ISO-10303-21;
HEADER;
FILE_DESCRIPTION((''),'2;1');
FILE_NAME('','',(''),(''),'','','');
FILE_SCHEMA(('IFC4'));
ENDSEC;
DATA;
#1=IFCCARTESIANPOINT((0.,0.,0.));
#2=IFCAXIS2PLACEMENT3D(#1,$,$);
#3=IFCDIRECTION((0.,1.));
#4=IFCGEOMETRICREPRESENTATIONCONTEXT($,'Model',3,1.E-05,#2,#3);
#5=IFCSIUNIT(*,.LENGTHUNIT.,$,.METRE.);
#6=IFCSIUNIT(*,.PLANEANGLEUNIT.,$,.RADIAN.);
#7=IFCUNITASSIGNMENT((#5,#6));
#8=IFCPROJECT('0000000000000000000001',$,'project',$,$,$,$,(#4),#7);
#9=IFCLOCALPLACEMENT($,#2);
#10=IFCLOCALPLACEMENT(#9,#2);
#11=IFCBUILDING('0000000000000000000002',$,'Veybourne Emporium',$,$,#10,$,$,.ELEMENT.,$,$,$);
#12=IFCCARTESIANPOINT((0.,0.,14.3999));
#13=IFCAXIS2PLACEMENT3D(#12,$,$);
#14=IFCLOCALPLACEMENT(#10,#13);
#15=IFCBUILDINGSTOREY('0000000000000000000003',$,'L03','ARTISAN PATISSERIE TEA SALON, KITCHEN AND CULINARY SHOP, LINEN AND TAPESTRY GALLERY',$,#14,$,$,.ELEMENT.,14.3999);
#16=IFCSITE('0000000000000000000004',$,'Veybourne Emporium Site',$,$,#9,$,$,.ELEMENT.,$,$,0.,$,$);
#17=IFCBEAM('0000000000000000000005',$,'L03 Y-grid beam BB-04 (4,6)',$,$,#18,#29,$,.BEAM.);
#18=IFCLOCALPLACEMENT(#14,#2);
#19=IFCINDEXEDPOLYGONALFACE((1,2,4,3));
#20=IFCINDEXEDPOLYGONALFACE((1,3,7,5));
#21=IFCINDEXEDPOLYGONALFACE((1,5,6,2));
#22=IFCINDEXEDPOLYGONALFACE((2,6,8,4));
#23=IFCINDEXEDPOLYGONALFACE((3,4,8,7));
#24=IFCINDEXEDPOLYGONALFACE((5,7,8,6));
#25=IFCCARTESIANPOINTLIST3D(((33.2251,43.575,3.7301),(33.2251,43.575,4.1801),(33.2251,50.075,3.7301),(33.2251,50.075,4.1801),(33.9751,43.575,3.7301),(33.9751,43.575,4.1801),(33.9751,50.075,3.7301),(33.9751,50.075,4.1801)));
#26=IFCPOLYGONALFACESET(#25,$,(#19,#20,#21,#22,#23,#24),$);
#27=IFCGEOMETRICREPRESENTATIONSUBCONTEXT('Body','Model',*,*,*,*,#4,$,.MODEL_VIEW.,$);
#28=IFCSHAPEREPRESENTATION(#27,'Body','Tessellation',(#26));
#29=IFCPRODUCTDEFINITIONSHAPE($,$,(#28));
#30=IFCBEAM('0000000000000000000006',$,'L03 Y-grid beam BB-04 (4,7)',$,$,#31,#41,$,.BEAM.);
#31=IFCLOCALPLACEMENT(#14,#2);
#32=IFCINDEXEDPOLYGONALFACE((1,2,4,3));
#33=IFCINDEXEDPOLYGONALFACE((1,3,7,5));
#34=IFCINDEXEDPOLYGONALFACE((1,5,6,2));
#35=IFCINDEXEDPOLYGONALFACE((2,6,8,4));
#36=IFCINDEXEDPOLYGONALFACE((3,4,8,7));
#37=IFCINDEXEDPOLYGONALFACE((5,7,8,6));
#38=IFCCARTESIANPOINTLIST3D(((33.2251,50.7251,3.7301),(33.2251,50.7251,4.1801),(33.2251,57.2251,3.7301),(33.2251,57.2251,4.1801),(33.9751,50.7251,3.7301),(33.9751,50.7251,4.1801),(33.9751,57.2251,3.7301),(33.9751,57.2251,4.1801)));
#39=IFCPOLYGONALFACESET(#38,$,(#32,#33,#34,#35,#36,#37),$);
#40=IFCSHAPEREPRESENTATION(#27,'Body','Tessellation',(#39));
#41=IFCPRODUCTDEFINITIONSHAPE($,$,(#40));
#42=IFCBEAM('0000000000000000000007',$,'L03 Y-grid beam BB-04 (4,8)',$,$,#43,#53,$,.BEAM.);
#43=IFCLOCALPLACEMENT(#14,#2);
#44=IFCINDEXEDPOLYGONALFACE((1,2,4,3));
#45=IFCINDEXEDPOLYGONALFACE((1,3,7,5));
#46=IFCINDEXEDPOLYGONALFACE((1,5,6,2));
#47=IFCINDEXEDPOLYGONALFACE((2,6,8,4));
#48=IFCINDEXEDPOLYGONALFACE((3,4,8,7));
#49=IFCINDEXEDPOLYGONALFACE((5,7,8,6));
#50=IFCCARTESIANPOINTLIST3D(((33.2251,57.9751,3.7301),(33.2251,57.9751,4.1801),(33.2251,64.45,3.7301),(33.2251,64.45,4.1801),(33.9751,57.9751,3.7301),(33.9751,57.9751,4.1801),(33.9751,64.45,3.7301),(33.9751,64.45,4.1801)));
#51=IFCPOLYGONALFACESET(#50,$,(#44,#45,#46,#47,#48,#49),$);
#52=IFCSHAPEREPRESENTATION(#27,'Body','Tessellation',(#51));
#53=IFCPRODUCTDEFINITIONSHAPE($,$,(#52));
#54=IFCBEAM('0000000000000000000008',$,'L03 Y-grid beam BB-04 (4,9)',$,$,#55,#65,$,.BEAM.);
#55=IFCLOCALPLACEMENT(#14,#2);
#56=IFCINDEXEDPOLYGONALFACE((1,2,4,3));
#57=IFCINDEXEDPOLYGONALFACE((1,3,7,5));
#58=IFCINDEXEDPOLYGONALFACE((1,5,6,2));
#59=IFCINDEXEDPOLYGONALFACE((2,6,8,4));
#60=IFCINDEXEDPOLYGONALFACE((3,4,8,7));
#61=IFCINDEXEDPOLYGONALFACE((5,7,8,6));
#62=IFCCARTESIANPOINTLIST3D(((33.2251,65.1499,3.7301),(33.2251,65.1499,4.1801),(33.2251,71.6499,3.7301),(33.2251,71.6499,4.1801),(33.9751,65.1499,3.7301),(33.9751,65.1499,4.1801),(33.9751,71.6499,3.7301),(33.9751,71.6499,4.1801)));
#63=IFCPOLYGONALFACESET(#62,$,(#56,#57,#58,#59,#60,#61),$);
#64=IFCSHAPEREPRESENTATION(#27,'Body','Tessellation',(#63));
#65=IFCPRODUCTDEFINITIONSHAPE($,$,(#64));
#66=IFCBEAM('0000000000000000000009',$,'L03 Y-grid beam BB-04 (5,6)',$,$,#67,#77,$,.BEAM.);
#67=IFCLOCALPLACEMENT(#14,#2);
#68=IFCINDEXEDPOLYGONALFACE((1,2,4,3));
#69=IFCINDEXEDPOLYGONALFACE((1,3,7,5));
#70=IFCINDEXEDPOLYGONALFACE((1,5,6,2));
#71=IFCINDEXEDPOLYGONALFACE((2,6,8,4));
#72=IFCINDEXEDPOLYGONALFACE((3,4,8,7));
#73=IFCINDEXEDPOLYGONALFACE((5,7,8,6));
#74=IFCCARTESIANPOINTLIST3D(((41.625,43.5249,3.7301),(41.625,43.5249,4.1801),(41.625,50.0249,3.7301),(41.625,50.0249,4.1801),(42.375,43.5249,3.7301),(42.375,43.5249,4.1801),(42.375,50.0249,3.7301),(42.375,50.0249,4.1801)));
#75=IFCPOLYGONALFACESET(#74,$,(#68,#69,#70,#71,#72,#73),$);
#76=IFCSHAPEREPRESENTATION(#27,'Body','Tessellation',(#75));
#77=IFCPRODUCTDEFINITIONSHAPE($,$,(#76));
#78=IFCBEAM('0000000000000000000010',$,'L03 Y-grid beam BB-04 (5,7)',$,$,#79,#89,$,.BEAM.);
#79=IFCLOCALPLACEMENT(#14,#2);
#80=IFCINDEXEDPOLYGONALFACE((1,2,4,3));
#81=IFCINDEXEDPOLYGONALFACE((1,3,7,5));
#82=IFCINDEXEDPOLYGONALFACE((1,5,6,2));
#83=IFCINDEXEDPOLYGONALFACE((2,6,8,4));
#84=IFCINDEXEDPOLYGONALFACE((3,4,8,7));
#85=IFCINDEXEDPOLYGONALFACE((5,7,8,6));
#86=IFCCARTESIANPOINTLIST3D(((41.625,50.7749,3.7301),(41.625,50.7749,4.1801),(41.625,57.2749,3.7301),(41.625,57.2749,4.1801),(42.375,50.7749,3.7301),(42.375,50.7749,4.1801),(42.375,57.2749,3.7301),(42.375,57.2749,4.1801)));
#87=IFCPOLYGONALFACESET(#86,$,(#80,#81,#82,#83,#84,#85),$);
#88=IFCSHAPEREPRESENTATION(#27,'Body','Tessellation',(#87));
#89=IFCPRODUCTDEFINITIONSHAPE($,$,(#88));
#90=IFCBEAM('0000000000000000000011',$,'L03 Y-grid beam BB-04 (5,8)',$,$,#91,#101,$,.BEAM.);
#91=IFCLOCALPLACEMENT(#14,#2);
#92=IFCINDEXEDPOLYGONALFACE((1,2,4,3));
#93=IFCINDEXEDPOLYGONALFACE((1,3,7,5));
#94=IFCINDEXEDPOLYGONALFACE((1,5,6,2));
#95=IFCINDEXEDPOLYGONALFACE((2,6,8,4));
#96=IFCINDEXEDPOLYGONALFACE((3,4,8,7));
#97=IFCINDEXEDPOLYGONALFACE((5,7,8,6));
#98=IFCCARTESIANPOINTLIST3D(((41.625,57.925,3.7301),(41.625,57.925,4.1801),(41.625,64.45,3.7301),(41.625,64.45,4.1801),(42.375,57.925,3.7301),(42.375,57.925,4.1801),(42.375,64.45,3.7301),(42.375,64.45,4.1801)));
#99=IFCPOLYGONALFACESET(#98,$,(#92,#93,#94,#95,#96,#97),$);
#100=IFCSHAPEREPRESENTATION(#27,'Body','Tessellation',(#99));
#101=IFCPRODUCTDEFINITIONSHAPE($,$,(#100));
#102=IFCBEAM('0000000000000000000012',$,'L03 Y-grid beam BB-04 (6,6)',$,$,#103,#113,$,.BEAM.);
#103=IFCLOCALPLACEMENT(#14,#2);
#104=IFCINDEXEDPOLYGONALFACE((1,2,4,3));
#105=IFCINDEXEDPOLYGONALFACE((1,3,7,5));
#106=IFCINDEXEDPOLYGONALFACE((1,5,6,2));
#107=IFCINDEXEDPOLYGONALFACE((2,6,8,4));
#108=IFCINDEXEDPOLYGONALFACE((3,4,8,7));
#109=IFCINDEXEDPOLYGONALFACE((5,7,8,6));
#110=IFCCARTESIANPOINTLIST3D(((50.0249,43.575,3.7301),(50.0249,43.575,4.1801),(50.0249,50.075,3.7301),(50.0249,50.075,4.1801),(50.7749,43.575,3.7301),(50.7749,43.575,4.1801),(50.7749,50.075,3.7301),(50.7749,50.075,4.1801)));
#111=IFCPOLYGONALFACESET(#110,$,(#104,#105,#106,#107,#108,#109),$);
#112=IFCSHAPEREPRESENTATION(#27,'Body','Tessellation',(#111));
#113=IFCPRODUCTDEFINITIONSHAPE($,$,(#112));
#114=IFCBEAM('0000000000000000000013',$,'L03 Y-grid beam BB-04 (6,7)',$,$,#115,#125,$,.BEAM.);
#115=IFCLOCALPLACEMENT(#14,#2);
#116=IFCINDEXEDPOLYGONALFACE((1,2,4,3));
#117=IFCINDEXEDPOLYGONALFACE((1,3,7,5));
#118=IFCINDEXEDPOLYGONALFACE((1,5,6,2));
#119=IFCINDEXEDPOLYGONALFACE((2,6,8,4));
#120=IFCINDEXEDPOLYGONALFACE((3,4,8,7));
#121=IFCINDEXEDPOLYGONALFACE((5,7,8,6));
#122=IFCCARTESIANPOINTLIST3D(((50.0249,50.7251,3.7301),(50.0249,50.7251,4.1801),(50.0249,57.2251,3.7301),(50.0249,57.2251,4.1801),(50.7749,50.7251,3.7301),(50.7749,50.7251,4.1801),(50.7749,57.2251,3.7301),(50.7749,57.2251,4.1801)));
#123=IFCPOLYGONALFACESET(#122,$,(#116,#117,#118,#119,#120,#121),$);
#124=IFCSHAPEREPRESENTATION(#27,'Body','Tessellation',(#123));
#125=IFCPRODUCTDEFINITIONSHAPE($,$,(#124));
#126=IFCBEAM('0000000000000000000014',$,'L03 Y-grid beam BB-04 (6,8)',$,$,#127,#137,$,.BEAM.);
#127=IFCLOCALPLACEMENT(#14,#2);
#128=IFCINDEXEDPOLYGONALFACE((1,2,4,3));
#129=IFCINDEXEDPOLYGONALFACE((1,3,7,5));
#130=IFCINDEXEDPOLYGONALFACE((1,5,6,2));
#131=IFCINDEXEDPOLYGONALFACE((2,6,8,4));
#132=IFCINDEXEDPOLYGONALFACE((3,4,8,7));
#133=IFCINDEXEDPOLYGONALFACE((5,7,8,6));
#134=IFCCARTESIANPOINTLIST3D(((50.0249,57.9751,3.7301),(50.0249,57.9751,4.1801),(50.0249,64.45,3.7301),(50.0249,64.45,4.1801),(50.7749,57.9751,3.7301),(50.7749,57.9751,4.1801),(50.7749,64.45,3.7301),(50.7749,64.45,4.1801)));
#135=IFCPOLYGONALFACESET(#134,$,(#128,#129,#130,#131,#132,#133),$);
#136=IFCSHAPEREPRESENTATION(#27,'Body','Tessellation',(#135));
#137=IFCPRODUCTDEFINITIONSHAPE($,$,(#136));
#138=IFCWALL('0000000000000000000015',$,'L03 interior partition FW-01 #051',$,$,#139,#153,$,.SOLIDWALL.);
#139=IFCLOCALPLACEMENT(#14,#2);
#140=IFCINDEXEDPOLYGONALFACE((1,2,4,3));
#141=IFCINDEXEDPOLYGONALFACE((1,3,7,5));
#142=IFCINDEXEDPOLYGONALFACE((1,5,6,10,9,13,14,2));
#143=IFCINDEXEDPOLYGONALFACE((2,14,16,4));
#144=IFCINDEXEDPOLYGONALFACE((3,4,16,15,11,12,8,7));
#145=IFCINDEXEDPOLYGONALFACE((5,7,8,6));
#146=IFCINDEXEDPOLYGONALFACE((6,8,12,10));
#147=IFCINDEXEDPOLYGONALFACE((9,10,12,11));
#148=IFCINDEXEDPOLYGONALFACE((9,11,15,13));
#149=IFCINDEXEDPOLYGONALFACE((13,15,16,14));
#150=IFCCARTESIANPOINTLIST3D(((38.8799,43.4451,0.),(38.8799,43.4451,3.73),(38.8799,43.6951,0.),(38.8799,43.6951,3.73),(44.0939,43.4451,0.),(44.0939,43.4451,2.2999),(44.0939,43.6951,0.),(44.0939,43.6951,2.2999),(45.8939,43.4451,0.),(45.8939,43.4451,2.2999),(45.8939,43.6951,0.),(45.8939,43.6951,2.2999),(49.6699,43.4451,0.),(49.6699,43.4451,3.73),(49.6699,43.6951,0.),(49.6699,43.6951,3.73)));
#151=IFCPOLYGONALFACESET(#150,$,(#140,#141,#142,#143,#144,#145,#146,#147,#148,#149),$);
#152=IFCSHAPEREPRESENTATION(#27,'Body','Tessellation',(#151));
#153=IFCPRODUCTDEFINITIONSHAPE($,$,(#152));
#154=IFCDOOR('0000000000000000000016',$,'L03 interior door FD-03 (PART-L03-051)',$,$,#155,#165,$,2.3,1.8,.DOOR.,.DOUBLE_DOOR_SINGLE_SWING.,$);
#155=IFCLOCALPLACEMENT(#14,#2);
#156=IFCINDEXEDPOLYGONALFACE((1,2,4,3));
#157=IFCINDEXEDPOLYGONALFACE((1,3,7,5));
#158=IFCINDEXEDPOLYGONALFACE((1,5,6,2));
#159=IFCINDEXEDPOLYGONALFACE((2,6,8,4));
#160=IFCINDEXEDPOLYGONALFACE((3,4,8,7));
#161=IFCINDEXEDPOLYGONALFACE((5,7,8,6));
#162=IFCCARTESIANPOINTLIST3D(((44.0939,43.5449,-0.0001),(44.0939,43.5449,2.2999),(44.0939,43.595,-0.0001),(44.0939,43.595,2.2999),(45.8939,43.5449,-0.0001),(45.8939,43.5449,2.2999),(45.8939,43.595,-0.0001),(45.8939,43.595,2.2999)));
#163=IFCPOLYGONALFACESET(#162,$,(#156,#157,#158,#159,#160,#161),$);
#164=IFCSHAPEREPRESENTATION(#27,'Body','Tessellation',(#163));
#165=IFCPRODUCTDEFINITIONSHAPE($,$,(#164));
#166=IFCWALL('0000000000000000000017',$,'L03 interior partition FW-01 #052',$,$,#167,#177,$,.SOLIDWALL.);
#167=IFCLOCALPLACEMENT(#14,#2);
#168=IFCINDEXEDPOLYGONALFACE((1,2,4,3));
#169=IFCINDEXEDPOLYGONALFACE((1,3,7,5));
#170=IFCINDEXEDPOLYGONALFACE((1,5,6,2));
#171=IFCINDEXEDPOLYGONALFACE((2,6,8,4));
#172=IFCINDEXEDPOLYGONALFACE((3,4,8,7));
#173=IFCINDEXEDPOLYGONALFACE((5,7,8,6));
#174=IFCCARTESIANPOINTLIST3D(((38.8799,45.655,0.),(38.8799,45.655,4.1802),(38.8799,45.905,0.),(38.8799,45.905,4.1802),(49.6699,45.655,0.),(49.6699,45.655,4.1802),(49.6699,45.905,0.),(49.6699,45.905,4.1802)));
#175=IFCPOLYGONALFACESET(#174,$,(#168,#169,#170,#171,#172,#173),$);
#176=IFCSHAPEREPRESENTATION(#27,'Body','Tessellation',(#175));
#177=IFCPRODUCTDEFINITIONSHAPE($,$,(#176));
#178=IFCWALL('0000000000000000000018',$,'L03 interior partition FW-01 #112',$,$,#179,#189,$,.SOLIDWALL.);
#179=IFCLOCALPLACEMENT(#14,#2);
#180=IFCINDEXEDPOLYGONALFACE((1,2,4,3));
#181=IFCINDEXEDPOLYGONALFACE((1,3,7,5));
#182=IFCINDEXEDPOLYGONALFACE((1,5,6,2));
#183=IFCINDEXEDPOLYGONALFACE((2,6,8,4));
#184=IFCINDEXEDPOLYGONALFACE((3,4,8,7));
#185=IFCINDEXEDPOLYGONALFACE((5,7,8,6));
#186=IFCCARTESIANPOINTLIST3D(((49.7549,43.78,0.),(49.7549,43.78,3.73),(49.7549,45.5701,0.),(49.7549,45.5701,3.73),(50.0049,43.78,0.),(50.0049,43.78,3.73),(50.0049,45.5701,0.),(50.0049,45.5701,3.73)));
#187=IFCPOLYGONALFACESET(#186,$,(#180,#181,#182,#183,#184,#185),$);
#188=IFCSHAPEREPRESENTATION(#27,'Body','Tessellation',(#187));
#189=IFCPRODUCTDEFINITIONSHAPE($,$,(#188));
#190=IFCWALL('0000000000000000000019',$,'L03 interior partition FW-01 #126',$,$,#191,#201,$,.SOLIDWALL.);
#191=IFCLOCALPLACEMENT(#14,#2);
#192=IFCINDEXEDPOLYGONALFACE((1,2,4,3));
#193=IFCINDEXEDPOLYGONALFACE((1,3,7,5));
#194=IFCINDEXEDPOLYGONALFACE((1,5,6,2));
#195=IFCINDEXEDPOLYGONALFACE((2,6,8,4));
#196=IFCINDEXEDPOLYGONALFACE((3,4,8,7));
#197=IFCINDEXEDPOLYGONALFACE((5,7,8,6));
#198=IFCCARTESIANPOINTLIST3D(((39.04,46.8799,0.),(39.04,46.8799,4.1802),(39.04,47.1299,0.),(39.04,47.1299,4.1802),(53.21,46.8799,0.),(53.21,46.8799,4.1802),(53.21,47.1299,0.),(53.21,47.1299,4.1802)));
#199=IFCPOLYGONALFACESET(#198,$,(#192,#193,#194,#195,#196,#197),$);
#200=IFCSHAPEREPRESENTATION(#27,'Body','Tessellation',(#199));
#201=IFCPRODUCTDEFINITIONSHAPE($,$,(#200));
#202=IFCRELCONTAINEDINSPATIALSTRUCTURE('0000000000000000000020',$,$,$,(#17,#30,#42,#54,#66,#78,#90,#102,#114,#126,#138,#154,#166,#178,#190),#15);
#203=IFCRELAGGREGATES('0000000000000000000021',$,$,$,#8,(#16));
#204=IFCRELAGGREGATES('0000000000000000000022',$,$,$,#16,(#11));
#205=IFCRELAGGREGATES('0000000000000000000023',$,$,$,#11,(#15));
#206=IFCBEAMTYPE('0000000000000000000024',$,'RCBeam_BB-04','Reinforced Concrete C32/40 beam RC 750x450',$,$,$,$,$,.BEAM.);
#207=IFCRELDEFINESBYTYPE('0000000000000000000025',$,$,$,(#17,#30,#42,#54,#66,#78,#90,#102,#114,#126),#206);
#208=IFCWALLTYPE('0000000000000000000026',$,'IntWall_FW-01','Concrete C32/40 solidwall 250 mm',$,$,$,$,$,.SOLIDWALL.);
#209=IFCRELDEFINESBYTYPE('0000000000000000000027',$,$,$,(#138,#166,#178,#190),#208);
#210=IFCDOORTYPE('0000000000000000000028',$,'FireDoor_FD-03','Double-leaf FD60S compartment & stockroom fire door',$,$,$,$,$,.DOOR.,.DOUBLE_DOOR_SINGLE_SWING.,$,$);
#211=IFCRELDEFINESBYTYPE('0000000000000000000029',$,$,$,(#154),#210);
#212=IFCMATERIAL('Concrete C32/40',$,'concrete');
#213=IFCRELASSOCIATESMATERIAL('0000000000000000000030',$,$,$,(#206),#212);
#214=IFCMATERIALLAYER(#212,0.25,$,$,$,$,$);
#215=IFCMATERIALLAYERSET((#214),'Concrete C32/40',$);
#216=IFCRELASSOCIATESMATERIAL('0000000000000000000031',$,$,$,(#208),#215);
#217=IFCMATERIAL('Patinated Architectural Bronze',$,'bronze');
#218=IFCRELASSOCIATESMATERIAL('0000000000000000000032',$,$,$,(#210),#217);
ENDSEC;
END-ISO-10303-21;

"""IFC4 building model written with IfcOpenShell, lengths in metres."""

from ifc_helpers import new_model, si_unit, direction, frame, frame_2d, origin, origin_2d, place, context, subcontext, project, spatial, rectangle, extrude, material, layer, layer_set, material_profile, profile_set, type_object, element, fill, save


model = new_model("IFC4")

# Units and contexts
model_context = context("Model", 3, precision=1e-05, world=origin(), true_north=direction((0.0, 1.0)))
body_context = subcontext(model_context, "Body", "Model", "MODEL_VIEW")
ifc_project = project(units=[si_unit("LENGTHUNIT", "METRE"), si_unit("PLANEANGLEUNIT", "RADIAN")], contexts=[model_context])

# Site, building, storey
site_placement = place(None, origin())
site = spatial("IfcSite", under=ifc_project, at=site_placement, Name="Veybourne Emporium Site", CompositionType="ELEMENT", RefElevation=0.0)
building_placement = place(site_placement, origin())
building = spatial("IfcBuilding", under=site, at=building_placement, Name="Veybourne Emporium", CompositionType="ELEMENT")
storey_placement = place(building_placement, frame((0.0, 0.0, 14.3999)))
storey = spatial("IfcBuildingStorey", under=building, at=storey_placement, Name="L03", Description="ARTISAN PATISSERIE TEA SALON, KITCHEN AND CULINARY SHOP, LINEN AND TAPESTRY GALLERY", CompositionType="ELEMENT", Elevation=14.3999)

# Beams
ifc_material_1 = material(Name="Concrete C32/40", Category="concrete")
ifc_material_profile_1 = material_profile(ifc_material_1, rectangle(XDim=0.75, YDim=0.45, at=origin_2d()), Name="RC 750x450")
ifc_profile_set_1 = profile_set([ifc_material_profile_1], Name="Concrete C32/40")
beam_type_1 = type_object("IfcBeamType", Name="RCBeam_BB-04", Description="Reinforced Concrete C32/40 beam RC 750x450", PredefinedType="BEAM", material=ifc_profile_set_1)
for number, where, z_axis, x_axis, name in (
    (1, (33.6001, 43.575, 3.9551), (0.0, 1.0, 0.0), (-1.0, 0.0, 0.0), "L03 Y-grid beam BB-04 (4,6)"),
    (2, (33.6001, 50.7251, 3.9551), (0.0, 1.0, 0.0), (-1.0, 0.0, 0.0), "L03 Y-grid beam BB-04 (4,7)"),
):
    element("IfcBeam", number, at=place(storey_placement, frame(where, z_axis=z_axis, x_axis=x_axis)), inside=storey, type_object=beam_type_1, Name=name, PredefinedType="BEAM", context=body_context, shape_type="SweptSolid", body=[
        extrude(rectangle(XDim=0.75, YDim=0.45, at=origin_2d()), origin(), (0.0, 0.0, 1.0), 6.5),
    ])
beam_1_placement = place(storey_placement, frame((33.6001, 57.9751, 3.9551), z_axis=(0.0, 1.0, 0.0), x_axis=(-1.0, 0.0, 0.0)))
element("IfcBeam", 3, at=beam_1_placement, inside=storey, type_object=beam_type_1, Name="L03 Y-grid beam BB-04 (4,8)", PredefinedType="BEAM", context=body_context, shape_type="SweptSolid", body=[
    extrude(rectangle(XDim=0.75, YDim=0.45, at=origin_2d()), origin(), (0.0, 0.0, 1.0), 6.4749),
])
for number, where, z_axis, x_axis, name in (
    (4, (33.6001, 65.1499, 3.9551), (0.0, 1.0, 0.0), (-1.0, 0.0, 0.0), "L03 Y-grid beam BB-04 (4,9)"),
    (5, (42.0, 43.5249, 3.9551), (0.0, 1.0, 0.0), (-1.0, 0.0, 0.0), "L03 Y-grid beam BB-04 (5,6)"),
    (6, (42.0, 50.7749, 3.9551), (0.0, 1.0, 0.0), (-1.0, 0.0, 0.0), "L03 Y-grid beam BB-04 (5,7)"),
):
    element("IfcBeam", number, at=place(storey_placement, frame(where, z_axis=z_axis, x_axis=x_axis)), inside=storey, type_object=beam_type_1, Name=name, PredefinedType="BEAM", context=body_context, shape_type="SweptSolid", body=[
        extrude(rectangle(XDim=0.75, YDim=0.45, at=origin_2d()), origin(), (0.0, 0.0, 1.0), 6.5),
    ])
beam_2_placement = place(storey_placement, frame((42.0, 57.925, 3.9551), z_axis=(0.0, 1.0, 0.0), x_axis=(-1.0, 0.0, 0.0)))
element("IfcBeam", 7, at=beam_2_placement, inside=storey, type_object=beam_type_1, Name="L03 Y-grid beam BB-04 (5,8)", PredefinedType="BEAM", context=body_context, shape_type="SweptSolid", body=[
    extrude(rectangle(XDim=0.75, YDim=0.45, at=origin_2d()), origin(), (0.0, 0.0, 1.0), 6.5249),
])
for number, where, z_axis, x_axis, name in (
    (8, (50.3999, 43.575, 3.9551), (0.0, 1.0, 0.0), (-1.0, 0.0, 0.0), "L03 Y-grid beam BB-04 (6,6)"),
    (9, (50.3999, 50.7251, 3.9551), (0.0, 1.0, 0.0), (-1.0, 0.0, 0.0), "L03 Y-grid beam BB-04 (6,7)"),
):
    element("IfcBeam", number, at=place(storey_placement, frame(where, z_axis=z_axis, x_axis=x_axis)), inside=storey, type_object=beam_type_1, Name=name, PredefinedType="BEAM", context=body_context, shape_type="SweptSolid", body=[
        extrude(rectangle(XDim=0.75, YDim=0.45, at=origin_2d()), origin(), (0.0, 0.0, 1.0), 6.5),
    ])
beam_3_placement = place(storey_placement, frame((50.3999, 57.9751, 3.9551), z_axis=(0.0, 1.0, 0.0), x_axis=(-1.0, 0.0, 0.0)))
element("IfcBeam", 10, at=beam_3_placement, inside=storey, type_object=beam_type_1, Name="L03 Y-grid beam BB-04 (6,8)", PredefinedType="BEAM", context=body_context, shape_type="SweptSolid", body=[
    extrude(rectangle(XDim=0.75, YDim=0.45, at=origin_2d()), origin(), (0.0, 0.0, 1.0), 6.4749),
])

# Wall, opening, door
ifc_layer_1 = layer(ifc_material_1, 0.25)
ifc_layer_set_1 = layer_set([ifc_layer_1], Name="Concrete C32/40")
wall_type_1 = type_object("IfcWallType", Name="IntWall_FW-01", Description="Concrete C32/40 solidwall 250 mm", PredefinedType="SOLIDWALL", material=ifc_layer_set_1)
wall_1_placement = place(storey_placement, frame((38.8799, 43.5701, 0.0), z_axis=(0.0, 0.0, 1.0), x_axis=(1.0, 0.0, 0.0)))
wall_1 = element("IfcWall", 11, at=wall_1_placement, inside=storey, type_object=wall_type_1, Name="L03 interior partition FW-01 #051", PredefinedType="SOLIDWALL", context=body_context, shape_type="SweptSolid", body=[
    extrude(rectangle(XDim=10.79, YDim=0.25, at=frame_2d((5.395, 0.0))), origin(), (0.0, 0.0, 1.0), 3.73),
])
opening_1_placement = place(wall_1_placement, frame((5.2141, 0.0, 0.0)))
opening_1 = element("IfcOpeningElement", 12, at=opening_1_placement, cuts=wall_1, PredefinedType="OPENING", context=body_context, shape_type="SweptSolid", body=[
    extrude(rectangle(XDim=1.8, YDim=2.3, at=frame_2d((0.8999, 1.1499))), frame((0.0, 0.145, 0.0), z_axis=(0.0, -1.0, 0.0), x_axis=(1.0, 0.0, 0.0)), (0.0, 0.0, 1.0), 0.29),
])
ifc_material_2 = material(Name="Patinated Architectural Bronze", Category="bronze")
door_type_1 = type_object("IfcDoorType", Name="FireDoor_FD-03", Description="Double-leaf FD60S compartment & stockroom fire door", OperationType="DOUBLE_DOOR_SINGLE_SWING", PredefinedType="DOOR", material=ifc_material_2)
door_1_placement = place(opening_1_placement, origin())
door_1 = element("IfcDoor", 13, at=door_1_placement, inside=storey, type_object=door_type_1, Name="L03 interior door FD-03 (PART-L03-051)", OperationType="DOUBLE_DOOR_SINGLE_SWING", OverallHeight=2.3, OverallWidth=1.8, PredefinedType="DOOR", context=body_context, shape_type="SweptSolid", body=[
    extrude(rectangle(XDim=1.8, YDim=2.3, at=frame_2d((0.8999, 1.1499))), frame((0.0, 0.0249, 0.0), z_axis=(0.0, -1.0, 0.0), x_axis=(1.0, 0.0, 0.0)), (0.0, 0.0, 1.0), 0.05),
])
fill(opening_1, door_1)

# Walls
wall_2_placement = place(storey_placement, frame((38.8799, 45.78, 0.0), z_axis=(0.0, 0.0, 1.0), x_axis=(1.0, 0.0, 0.0)))
element("IfcWall", 14, at=wall_2_placement, inside=storey, type_object=wall_type_1, Name="L03 interior partition FW-01 #052", PredefinedType="SOLIDWALL", context=body_context, shape_type="SweptSolid", body=[
    extrude(rectangle(XDim=10.79, YDim=0.25, at=frame_2d((5.395, 0.0))), origin(), (0.0, 0.0, 1.0), 4.1802),
])
wall_3_placement = place(storey_placement, frame((49.8799, 43.78, 0.0), z_axis=(0.0, 0.0, 1.0), x_axis=(0.0, 1.0, 0.0)))
element("IfcWall", 15, at=wall_3_placement, inside=storey, type_object=wall_type_1, Name="L03 interior partition FW-01 #112", PredefinedType="SOLIDWALL", context=body_context, shape_type="SweptSolid", body=[
    extrude(rectangle(XDim=1.79, YDim=0.25, at=frame_2d((0.895, 0.0))), origin(), (0.0, 0.0, 1.0), 3.73),
])
wall_4_placement = place(storey_placement, frame((39.04, 47.0049, 0.0), z_axis=(0.0, 0.0, 1.0), x_axis=(1.0, 0.0, 0.0)))
element("IfcWall", 16, at=wall_4_placement, inside=storey, type_object=wall_type_1, Name="L03 interior partition FW-01 #126", PredefinedType="SOLIDWALL", context=body_context, shape_type="SweptSolid", body=[
    extrude(rectangle(XDim=14.1699, YDim=0.25, at=frame_2d((7.085, 0.0))), origin(), (0.0, 0.0, 1.0), 4.1802),
])

save(model, "model.ifc")
